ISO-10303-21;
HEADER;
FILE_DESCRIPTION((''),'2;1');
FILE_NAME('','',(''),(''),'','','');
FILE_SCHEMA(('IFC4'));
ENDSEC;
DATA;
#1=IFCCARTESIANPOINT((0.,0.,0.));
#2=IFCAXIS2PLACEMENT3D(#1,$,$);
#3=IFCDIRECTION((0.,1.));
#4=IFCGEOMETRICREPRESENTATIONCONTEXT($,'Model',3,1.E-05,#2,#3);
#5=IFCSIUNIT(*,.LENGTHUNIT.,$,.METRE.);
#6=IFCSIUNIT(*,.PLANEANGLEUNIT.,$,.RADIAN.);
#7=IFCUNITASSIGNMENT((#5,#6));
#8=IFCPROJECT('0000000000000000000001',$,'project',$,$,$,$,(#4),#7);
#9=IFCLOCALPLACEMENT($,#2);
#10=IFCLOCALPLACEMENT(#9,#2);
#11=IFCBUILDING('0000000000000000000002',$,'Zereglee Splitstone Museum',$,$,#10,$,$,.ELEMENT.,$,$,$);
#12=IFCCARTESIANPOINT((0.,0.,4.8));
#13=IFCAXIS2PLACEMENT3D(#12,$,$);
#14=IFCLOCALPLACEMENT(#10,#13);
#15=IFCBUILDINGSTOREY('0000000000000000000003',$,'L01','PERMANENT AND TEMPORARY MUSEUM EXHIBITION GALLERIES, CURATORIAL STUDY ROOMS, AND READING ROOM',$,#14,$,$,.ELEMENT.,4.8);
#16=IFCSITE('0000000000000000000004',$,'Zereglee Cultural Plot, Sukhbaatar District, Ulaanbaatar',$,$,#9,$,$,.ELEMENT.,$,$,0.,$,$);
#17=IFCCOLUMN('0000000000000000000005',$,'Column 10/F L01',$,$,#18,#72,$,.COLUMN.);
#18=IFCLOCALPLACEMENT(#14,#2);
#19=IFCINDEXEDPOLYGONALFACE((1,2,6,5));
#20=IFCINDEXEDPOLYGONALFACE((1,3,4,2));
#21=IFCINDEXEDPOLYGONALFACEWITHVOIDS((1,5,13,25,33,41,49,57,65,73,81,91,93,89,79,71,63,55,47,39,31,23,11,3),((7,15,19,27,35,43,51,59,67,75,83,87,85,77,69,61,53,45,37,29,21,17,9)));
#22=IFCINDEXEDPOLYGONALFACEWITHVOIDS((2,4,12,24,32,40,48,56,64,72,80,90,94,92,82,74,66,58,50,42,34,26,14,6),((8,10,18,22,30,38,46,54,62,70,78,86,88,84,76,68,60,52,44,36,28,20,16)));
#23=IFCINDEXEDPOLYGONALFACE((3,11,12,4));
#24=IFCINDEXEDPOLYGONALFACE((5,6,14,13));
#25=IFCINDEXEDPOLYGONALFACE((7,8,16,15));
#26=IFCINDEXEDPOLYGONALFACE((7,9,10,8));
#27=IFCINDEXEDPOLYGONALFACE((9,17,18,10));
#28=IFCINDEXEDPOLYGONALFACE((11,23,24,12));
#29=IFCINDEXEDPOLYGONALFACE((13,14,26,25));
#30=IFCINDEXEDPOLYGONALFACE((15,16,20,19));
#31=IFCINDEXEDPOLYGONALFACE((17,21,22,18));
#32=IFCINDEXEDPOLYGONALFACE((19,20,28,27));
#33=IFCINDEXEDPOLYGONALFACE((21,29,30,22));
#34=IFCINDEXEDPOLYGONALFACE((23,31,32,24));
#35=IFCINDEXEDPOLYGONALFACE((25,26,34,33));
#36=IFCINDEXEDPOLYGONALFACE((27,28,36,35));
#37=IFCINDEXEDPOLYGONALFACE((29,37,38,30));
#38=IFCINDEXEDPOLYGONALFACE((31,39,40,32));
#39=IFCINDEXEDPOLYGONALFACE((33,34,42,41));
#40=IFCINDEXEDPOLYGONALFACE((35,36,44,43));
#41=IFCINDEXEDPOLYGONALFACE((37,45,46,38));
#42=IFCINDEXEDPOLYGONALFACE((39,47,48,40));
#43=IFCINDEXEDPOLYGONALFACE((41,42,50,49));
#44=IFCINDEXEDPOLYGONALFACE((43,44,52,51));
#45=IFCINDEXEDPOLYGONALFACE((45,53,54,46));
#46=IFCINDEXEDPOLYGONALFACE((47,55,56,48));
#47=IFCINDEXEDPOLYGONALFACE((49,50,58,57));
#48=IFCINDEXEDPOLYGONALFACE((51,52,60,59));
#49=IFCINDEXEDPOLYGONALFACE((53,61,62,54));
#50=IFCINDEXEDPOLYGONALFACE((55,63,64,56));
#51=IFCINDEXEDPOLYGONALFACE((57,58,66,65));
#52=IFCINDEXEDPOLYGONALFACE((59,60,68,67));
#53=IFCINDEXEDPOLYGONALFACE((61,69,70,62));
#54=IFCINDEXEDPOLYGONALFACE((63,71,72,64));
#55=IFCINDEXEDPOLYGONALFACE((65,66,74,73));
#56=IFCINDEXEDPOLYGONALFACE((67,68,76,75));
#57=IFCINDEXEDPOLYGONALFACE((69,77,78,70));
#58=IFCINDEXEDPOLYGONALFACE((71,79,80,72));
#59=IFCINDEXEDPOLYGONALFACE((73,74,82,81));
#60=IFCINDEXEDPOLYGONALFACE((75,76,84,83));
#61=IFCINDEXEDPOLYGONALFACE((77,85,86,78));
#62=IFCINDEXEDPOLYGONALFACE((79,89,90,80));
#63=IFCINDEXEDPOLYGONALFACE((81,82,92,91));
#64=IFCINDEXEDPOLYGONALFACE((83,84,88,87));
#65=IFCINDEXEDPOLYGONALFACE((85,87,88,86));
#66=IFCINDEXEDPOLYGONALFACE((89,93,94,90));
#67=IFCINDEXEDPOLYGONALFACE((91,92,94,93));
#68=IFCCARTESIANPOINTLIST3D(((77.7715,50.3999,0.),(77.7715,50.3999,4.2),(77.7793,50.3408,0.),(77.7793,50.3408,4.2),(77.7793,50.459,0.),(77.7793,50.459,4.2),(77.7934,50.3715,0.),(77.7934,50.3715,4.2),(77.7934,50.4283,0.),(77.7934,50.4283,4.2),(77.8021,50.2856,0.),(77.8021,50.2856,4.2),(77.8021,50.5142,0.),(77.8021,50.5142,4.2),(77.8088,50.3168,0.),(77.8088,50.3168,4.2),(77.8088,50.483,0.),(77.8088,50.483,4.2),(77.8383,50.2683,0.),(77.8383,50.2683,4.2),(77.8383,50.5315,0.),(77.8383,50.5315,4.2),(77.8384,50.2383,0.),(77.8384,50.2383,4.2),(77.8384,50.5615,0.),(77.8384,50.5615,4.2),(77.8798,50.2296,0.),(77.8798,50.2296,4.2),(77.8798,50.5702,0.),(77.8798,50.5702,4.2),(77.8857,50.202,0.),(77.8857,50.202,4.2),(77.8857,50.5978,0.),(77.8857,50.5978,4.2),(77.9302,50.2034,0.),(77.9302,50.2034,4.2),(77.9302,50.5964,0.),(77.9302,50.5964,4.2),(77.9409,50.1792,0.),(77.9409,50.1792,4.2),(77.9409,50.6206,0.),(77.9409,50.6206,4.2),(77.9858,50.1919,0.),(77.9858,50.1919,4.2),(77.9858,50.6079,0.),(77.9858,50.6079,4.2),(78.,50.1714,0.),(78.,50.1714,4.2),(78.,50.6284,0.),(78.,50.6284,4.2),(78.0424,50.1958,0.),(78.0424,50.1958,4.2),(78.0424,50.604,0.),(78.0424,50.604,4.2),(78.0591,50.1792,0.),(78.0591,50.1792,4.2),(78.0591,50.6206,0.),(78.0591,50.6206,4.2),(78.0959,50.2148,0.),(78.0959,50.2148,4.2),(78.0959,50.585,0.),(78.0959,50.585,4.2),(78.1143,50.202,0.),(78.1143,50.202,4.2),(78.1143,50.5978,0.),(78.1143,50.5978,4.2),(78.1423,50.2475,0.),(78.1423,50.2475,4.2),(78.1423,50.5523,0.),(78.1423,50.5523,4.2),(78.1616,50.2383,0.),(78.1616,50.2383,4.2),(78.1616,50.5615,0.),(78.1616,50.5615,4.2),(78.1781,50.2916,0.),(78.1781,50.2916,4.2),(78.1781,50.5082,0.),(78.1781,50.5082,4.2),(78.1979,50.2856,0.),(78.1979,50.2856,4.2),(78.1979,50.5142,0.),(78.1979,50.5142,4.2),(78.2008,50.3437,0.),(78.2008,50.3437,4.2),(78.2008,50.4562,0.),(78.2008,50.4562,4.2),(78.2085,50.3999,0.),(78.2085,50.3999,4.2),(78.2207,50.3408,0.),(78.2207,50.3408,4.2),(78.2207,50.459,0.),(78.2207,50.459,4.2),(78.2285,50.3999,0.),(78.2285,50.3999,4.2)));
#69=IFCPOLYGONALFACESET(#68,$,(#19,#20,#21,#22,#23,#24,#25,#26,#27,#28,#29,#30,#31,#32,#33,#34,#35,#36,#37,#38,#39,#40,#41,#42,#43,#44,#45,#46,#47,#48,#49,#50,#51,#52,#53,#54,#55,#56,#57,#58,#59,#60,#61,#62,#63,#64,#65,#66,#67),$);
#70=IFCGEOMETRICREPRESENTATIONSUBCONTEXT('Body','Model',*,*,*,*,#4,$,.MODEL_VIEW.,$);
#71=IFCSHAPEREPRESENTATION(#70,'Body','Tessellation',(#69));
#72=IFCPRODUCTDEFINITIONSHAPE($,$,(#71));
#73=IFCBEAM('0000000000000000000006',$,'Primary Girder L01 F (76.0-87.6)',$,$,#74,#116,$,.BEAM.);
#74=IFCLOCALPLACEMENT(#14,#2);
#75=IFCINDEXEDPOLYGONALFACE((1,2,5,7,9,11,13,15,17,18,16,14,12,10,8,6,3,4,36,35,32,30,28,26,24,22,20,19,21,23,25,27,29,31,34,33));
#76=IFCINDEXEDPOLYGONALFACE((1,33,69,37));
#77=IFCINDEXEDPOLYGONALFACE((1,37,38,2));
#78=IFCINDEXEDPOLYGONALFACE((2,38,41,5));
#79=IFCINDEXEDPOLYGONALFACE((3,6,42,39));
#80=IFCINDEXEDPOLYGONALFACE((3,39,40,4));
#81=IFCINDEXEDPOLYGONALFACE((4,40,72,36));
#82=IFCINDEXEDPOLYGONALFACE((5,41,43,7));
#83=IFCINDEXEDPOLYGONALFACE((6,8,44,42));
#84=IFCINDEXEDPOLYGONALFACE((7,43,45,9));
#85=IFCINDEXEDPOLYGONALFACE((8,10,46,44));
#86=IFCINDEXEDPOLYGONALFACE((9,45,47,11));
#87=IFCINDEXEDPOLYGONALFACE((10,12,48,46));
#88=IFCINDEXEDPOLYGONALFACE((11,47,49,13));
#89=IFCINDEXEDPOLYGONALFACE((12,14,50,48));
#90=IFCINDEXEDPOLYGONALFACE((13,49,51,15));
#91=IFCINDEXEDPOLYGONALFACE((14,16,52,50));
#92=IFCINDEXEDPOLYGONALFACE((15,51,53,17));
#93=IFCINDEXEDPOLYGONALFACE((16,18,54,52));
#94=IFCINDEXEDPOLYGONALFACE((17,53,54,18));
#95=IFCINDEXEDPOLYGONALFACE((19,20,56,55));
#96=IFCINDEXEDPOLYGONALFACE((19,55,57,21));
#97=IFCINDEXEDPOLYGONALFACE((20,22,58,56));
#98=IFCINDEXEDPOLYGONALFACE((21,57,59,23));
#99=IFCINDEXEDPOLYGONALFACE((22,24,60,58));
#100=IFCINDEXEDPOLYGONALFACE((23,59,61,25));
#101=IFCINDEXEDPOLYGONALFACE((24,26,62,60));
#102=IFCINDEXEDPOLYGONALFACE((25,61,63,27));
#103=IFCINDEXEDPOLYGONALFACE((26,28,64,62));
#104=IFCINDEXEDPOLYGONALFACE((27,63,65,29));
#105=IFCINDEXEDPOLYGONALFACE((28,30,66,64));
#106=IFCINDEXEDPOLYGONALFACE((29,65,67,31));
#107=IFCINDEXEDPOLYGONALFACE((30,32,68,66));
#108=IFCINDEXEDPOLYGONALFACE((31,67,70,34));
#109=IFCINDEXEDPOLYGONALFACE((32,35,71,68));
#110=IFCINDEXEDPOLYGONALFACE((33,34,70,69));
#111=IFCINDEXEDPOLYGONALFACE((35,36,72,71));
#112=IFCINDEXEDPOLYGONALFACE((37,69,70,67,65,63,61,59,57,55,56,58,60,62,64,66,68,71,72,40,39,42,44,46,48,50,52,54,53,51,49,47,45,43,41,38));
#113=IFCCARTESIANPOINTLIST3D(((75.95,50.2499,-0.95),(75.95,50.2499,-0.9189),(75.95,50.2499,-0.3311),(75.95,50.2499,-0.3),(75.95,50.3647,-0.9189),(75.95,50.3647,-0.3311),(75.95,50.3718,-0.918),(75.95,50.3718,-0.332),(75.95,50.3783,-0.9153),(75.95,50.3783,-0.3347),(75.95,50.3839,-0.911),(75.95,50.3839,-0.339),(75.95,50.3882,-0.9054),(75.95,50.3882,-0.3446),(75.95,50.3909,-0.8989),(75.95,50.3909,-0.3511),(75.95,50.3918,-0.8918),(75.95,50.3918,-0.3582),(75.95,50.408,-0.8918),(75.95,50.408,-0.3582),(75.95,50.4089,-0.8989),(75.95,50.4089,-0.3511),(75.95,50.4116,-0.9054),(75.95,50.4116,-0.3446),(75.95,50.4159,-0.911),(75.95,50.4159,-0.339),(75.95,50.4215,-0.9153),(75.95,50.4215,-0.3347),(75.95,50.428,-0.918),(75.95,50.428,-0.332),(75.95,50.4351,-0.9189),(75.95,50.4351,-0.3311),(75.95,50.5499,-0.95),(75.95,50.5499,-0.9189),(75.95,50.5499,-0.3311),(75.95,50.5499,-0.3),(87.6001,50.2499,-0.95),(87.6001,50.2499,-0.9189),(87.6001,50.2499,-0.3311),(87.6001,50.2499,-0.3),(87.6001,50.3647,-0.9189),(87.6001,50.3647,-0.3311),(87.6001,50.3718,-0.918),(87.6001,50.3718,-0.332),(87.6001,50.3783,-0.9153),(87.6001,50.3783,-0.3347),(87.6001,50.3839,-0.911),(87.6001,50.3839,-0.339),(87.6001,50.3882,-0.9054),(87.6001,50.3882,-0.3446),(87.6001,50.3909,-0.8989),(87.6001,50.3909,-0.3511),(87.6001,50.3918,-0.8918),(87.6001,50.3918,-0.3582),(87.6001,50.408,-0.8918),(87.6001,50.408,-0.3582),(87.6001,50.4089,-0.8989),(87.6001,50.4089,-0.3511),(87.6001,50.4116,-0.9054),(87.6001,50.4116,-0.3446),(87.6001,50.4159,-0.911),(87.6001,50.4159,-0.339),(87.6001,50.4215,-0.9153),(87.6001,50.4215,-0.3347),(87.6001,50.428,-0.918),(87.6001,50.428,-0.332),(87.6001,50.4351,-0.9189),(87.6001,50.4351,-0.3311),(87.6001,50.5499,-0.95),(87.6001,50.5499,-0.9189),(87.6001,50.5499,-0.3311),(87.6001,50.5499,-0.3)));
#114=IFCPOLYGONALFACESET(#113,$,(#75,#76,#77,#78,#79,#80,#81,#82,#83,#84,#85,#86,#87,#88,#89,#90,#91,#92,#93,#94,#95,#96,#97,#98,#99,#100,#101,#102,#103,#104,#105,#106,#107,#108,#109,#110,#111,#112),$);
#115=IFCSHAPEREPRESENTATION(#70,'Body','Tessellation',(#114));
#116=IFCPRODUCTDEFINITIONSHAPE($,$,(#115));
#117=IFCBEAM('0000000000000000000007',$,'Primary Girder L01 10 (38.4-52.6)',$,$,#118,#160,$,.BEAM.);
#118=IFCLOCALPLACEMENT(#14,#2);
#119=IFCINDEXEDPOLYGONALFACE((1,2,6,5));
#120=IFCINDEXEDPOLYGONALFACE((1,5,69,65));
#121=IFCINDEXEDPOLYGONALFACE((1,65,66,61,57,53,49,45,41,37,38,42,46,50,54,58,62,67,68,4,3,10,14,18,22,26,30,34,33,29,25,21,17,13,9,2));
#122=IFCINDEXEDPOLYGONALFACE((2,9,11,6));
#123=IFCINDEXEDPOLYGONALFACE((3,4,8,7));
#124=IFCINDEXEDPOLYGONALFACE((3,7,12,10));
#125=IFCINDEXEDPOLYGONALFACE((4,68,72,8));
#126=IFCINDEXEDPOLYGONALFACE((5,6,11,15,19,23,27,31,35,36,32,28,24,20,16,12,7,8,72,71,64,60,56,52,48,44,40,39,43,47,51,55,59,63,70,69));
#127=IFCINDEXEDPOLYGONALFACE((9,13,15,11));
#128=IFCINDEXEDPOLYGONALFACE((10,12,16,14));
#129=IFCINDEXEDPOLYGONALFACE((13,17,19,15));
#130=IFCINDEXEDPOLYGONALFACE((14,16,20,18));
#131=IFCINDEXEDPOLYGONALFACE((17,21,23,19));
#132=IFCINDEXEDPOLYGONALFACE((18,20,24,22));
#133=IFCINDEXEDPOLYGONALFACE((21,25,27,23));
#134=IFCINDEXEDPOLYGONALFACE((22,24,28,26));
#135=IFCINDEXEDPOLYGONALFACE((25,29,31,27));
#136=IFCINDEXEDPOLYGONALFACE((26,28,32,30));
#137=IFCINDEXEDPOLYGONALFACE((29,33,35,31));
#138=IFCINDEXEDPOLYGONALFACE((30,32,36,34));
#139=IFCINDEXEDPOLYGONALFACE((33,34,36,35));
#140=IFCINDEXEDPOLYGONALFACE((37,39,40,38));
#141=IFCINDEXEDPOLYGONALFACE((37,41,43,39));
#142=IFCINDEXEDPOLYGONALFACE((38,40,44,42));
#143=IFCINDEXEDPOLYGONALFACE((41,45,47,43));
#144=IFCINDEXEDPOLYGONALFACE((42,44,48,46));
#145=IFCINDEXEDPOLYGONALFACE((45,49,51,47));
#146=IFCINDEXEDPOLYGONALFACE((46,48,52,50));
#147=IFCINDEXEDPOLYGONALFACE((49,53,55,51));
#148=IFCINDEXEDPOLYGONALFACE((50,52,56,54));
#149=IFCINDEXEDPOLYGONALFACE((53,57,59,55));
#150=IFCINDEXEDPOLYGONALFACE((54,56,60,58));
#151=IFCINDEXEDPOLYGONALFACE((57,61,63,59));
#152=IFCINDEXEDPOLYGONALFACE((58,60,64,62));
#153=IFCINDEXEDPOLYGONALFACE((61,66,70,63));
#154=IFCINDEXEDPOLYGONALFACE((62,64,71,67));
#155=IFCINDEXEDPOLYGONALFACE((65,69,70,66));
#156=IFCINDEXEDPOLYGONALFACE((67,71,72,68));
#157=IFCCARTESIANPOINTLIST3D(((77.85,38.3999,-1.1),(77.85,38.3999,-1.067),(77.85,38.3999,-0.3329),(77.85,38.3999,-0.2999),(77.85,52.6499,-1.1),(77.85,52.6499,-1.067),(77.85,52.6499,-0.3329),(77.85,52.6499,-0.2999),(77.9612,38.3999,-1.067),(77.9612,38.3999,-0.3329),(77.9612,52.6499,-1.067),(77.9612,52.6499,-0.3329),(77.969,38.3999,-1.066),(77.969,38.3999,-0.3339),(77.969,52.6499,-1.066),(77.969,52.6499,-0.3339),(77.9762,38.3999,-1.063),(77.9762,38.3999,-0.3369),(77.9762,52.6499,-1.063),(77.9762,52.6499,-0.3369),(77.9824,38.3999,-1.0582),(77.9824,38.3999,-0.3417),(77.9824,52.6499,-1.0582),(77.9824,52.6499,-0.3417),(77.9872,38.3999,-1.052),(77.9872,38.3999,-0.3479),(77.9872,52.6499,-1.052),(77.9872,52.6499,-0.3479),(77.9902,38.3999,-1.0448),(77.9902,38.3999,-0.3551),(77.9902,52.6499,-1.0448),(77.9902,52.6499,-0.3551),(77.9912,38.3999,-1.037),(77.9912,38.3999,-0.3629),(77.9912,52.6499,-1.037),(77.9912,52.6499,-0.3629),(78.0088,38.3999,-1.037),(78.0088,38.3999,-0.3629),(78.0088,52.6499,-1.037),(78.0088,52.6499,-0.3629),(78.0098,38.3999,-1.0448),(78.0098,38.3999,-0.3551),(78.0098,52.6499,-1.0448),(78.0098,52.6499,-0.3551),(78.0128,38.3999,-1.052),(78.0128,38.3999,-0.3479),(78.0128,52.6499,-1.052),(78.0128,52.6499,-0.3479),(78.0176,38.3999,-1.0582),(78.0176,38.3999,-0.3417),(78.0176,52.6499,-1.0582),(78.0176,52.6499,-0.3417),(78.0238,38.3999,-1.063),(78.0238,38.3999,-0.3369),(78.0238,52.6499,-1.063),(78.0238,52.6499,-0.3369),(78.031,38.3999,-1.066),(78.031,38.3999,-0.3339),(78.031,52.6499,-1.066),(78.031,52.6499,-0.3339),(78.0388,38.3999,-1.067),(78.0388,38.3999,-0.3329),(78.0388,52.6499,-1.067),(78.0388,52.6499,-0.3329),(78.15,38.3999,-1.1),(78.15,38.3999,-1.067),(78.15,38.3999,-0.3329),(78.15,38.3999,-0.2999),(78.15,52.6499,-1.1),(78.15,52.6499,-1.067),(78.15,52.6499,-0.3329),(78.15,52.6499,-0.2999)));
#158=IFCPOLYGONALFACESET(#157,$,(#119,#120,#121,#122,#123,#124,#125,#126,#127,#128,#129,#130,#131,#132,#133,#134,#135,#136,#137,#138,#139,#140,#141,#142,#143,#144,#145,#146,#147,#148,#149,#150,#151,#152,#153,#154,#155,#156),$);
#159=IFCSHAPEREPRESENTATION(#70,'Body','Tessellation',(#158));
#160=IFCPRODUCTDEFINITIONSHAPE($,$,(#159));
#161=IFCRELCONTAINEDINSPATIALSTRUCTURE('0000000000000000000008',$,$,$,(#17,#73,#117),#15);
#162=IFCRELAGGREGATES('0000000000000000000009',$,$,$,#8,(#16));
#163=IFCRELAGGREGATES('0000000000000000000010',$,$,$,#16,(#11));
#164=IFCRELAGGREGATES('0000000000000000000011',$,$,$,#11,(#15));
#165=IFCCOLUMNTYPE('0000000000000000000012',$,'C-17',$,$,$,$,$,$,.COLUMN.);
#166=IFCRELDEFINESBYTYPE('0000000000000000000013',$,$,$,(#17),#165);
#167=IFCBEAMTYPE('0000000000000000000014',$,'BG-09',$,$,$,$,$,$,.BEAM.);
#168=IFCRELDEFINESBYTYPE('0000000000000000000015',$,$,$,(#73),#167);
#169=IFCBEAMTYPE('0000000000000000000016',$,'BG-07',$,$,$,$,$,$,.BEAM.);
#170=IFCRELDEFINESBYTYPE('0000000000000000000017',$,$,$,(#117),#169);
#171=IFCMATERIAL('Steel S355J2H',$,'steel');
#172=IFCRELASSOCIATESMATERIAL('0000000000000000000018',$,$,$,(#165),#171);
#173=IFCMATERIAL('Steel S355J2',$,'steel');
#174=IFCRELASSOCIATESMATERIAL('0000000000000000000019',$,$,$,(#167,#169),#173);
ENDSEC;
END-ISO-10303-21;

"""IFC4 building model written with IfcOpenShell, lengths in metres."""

from ifc_helpers import new_model, si_unit, direction, frame, origin, origin_2d, place, context, subcontext, project, spatial, hollow_circle, i_section, extrude, material, material_profile, profile_set, type_object, element, save


model = new_model("IFC4")

# Units and contexts
model_context = context("Model", 3, precision=1e-05, world=origin(), true_north=direction((0.0, 1.0)))
body_context = subcontext(model_context, "Body", "Model", "MODEL_VIEW")
ifc_project = project(units=[si_unit("LENGTHUNIT", "METRE"), si_unit("PLANEANGLEUNIT", "RADIAN")], contexts=[model_context])

# Site, building, storey
site_placement = place(None, origin())
site = spatial("IfcSite", under=ifc_project, at=site_placement, Name="Zereglee Cultural Plot, Sukhbaatar District, Ulaanbaatar", CompositionType="ELEMENT", RefElevation=0.0)
building_placement = place(site_placement, origin())
building = spatial("IfcBuilding", under=site, at=building_placement, Name="Zereglee Splitstone Museum", CompositionType="ELEMENT")
storey_placement = place(building_placement, frame((0.0, 0.0, 4.8)))
storey = spatial("IfcBuildingStorey", under=building, at=storey_placement, Name="L01", Description="PERMANENT AND TEMPORARY MUSEUM EXHIBITION GALLERIES, CURATORIAL STUDY ROOMS, AND READING ROOM", CompositionType="ELEMENT", Elevation=4.8)

# Column
ifc_material_1 = material(Name="Steel S355J2H", Category="steel")
ifc_material_profile_1 = material_profile(ifc_material_1, hollow_circle(Radius=0.2285, WallThickness=0.02, at=origin_2d()), Name="CHS 457.0x20")
ifc_profile_set_1 = profile_set([ifc_material_profile_1], Name="Steel S355J2H")
column_type = type_object("IfcColumnType", Name="C-17", PredefinedType="COLUMN", material=ifc_profile_set_1)
column_placement = place(storey_placement, frame((78.0, 50.3999, 0.0), z_axis=(0.0, 0.0, 1.0), x_axis=(1.0, 0.0, 0.0)))
element("IfcColumn", 1, at=column_placement, inside=storey, type_object=column_type, Name="Column 10/F L01", PredefinedType="COLUMN", context=body_context, shape_type="SweptSolid", body=[
    extrude(hollow_circle(Radius=0.2285, WallThickness=0.02, at=origin_2d()), origin(), (0.0, 0.0, 1.0), 4.2),
])

# Beams
ifc_material_2 = material(Name="Steel S355J2", Category="steel")
ifc_material_profile_2 = material_profile(ifc_material_2, i_section(OverallWidth=0.3, OverallDepth=0.6499, WebThickness=0.0161, FlangeThickness=0.031, FilletRadius=0.0271, at=origin_2d()), Name="HE 650 B")
ifc_profile_set_2 = profile_set([ifc_material_profile_2], Name="Steel S355J2")
beam_type_1 = type_object("IfcBeamType", Name="BG-09", PredefinedType="BEAM", material=ifc_profile_set_2)
beam_1_placement = place(storey_placement, frame((75.95, 50.3999, -0.625), z_axis=(1.0, 0.0, 0.0), x_axis=(0.0, 1.0, 0.0)))
element("IfcBeam", 2, at=beam_1_placement, inside=storey, type_object=beam_type_1, Name="Primary Girder L01 F (76.0-87.6)", PredefinedType="BEAM", context=body_context, shape_type="SweptSolid", body=[
    extrude(i_section(OverallWidth=0.3, OverallDepth=0.6499, WebThickness=0.0161, FlangeThickness=0.031, FilletRadius=0.0271, at=origin_2d()), origin(), (0.0, 0.0, 1.0), 11.6501),
])
ifc_material_profile_3 = material_profile(ifc_material_2, i_section(OverallWidth=0.3, OverallDepth=0.8, WebThickness=0.0176, FlangeThickness=0.033, FilletRadius=0.03, at=origin_2d()), Name="HE 800 B")
ifc_profile_set_3 = profile_set([ifc_material_profile_3], Name="Steel S355J2")
beam_type_2 = type_object("IfcBeamType", Name="BG-07", PredefinedType="BEAM", material=ifc_profile_set_3)
beam_2_placement = place(storey_placement, frame((78.0, 38.3999, -0.7), z_axis=(0.0, 1.0, 0.0), x_axis=(-1.0, 0.0, 0.0)))
element("IfcBeam", 3, at=beam_2_placement, inside=storey, type_object=beam_type_2, Name="Primary Girder L01 10 (38.4-52.6)", PredefinedType="BEAM", context=body_context, shape_type="SweptSolid", body=[
    extrude(i_section(OverallWidth=0.3, OverallDepth=0.8, WebThickness=0.0176, FlangeThickness=0.033, FilletRadius=0.03, at=origin_2d()), origin(), (0.0, 0.0, 1.0), 14.25),
])

save(model, "model.ifc")
